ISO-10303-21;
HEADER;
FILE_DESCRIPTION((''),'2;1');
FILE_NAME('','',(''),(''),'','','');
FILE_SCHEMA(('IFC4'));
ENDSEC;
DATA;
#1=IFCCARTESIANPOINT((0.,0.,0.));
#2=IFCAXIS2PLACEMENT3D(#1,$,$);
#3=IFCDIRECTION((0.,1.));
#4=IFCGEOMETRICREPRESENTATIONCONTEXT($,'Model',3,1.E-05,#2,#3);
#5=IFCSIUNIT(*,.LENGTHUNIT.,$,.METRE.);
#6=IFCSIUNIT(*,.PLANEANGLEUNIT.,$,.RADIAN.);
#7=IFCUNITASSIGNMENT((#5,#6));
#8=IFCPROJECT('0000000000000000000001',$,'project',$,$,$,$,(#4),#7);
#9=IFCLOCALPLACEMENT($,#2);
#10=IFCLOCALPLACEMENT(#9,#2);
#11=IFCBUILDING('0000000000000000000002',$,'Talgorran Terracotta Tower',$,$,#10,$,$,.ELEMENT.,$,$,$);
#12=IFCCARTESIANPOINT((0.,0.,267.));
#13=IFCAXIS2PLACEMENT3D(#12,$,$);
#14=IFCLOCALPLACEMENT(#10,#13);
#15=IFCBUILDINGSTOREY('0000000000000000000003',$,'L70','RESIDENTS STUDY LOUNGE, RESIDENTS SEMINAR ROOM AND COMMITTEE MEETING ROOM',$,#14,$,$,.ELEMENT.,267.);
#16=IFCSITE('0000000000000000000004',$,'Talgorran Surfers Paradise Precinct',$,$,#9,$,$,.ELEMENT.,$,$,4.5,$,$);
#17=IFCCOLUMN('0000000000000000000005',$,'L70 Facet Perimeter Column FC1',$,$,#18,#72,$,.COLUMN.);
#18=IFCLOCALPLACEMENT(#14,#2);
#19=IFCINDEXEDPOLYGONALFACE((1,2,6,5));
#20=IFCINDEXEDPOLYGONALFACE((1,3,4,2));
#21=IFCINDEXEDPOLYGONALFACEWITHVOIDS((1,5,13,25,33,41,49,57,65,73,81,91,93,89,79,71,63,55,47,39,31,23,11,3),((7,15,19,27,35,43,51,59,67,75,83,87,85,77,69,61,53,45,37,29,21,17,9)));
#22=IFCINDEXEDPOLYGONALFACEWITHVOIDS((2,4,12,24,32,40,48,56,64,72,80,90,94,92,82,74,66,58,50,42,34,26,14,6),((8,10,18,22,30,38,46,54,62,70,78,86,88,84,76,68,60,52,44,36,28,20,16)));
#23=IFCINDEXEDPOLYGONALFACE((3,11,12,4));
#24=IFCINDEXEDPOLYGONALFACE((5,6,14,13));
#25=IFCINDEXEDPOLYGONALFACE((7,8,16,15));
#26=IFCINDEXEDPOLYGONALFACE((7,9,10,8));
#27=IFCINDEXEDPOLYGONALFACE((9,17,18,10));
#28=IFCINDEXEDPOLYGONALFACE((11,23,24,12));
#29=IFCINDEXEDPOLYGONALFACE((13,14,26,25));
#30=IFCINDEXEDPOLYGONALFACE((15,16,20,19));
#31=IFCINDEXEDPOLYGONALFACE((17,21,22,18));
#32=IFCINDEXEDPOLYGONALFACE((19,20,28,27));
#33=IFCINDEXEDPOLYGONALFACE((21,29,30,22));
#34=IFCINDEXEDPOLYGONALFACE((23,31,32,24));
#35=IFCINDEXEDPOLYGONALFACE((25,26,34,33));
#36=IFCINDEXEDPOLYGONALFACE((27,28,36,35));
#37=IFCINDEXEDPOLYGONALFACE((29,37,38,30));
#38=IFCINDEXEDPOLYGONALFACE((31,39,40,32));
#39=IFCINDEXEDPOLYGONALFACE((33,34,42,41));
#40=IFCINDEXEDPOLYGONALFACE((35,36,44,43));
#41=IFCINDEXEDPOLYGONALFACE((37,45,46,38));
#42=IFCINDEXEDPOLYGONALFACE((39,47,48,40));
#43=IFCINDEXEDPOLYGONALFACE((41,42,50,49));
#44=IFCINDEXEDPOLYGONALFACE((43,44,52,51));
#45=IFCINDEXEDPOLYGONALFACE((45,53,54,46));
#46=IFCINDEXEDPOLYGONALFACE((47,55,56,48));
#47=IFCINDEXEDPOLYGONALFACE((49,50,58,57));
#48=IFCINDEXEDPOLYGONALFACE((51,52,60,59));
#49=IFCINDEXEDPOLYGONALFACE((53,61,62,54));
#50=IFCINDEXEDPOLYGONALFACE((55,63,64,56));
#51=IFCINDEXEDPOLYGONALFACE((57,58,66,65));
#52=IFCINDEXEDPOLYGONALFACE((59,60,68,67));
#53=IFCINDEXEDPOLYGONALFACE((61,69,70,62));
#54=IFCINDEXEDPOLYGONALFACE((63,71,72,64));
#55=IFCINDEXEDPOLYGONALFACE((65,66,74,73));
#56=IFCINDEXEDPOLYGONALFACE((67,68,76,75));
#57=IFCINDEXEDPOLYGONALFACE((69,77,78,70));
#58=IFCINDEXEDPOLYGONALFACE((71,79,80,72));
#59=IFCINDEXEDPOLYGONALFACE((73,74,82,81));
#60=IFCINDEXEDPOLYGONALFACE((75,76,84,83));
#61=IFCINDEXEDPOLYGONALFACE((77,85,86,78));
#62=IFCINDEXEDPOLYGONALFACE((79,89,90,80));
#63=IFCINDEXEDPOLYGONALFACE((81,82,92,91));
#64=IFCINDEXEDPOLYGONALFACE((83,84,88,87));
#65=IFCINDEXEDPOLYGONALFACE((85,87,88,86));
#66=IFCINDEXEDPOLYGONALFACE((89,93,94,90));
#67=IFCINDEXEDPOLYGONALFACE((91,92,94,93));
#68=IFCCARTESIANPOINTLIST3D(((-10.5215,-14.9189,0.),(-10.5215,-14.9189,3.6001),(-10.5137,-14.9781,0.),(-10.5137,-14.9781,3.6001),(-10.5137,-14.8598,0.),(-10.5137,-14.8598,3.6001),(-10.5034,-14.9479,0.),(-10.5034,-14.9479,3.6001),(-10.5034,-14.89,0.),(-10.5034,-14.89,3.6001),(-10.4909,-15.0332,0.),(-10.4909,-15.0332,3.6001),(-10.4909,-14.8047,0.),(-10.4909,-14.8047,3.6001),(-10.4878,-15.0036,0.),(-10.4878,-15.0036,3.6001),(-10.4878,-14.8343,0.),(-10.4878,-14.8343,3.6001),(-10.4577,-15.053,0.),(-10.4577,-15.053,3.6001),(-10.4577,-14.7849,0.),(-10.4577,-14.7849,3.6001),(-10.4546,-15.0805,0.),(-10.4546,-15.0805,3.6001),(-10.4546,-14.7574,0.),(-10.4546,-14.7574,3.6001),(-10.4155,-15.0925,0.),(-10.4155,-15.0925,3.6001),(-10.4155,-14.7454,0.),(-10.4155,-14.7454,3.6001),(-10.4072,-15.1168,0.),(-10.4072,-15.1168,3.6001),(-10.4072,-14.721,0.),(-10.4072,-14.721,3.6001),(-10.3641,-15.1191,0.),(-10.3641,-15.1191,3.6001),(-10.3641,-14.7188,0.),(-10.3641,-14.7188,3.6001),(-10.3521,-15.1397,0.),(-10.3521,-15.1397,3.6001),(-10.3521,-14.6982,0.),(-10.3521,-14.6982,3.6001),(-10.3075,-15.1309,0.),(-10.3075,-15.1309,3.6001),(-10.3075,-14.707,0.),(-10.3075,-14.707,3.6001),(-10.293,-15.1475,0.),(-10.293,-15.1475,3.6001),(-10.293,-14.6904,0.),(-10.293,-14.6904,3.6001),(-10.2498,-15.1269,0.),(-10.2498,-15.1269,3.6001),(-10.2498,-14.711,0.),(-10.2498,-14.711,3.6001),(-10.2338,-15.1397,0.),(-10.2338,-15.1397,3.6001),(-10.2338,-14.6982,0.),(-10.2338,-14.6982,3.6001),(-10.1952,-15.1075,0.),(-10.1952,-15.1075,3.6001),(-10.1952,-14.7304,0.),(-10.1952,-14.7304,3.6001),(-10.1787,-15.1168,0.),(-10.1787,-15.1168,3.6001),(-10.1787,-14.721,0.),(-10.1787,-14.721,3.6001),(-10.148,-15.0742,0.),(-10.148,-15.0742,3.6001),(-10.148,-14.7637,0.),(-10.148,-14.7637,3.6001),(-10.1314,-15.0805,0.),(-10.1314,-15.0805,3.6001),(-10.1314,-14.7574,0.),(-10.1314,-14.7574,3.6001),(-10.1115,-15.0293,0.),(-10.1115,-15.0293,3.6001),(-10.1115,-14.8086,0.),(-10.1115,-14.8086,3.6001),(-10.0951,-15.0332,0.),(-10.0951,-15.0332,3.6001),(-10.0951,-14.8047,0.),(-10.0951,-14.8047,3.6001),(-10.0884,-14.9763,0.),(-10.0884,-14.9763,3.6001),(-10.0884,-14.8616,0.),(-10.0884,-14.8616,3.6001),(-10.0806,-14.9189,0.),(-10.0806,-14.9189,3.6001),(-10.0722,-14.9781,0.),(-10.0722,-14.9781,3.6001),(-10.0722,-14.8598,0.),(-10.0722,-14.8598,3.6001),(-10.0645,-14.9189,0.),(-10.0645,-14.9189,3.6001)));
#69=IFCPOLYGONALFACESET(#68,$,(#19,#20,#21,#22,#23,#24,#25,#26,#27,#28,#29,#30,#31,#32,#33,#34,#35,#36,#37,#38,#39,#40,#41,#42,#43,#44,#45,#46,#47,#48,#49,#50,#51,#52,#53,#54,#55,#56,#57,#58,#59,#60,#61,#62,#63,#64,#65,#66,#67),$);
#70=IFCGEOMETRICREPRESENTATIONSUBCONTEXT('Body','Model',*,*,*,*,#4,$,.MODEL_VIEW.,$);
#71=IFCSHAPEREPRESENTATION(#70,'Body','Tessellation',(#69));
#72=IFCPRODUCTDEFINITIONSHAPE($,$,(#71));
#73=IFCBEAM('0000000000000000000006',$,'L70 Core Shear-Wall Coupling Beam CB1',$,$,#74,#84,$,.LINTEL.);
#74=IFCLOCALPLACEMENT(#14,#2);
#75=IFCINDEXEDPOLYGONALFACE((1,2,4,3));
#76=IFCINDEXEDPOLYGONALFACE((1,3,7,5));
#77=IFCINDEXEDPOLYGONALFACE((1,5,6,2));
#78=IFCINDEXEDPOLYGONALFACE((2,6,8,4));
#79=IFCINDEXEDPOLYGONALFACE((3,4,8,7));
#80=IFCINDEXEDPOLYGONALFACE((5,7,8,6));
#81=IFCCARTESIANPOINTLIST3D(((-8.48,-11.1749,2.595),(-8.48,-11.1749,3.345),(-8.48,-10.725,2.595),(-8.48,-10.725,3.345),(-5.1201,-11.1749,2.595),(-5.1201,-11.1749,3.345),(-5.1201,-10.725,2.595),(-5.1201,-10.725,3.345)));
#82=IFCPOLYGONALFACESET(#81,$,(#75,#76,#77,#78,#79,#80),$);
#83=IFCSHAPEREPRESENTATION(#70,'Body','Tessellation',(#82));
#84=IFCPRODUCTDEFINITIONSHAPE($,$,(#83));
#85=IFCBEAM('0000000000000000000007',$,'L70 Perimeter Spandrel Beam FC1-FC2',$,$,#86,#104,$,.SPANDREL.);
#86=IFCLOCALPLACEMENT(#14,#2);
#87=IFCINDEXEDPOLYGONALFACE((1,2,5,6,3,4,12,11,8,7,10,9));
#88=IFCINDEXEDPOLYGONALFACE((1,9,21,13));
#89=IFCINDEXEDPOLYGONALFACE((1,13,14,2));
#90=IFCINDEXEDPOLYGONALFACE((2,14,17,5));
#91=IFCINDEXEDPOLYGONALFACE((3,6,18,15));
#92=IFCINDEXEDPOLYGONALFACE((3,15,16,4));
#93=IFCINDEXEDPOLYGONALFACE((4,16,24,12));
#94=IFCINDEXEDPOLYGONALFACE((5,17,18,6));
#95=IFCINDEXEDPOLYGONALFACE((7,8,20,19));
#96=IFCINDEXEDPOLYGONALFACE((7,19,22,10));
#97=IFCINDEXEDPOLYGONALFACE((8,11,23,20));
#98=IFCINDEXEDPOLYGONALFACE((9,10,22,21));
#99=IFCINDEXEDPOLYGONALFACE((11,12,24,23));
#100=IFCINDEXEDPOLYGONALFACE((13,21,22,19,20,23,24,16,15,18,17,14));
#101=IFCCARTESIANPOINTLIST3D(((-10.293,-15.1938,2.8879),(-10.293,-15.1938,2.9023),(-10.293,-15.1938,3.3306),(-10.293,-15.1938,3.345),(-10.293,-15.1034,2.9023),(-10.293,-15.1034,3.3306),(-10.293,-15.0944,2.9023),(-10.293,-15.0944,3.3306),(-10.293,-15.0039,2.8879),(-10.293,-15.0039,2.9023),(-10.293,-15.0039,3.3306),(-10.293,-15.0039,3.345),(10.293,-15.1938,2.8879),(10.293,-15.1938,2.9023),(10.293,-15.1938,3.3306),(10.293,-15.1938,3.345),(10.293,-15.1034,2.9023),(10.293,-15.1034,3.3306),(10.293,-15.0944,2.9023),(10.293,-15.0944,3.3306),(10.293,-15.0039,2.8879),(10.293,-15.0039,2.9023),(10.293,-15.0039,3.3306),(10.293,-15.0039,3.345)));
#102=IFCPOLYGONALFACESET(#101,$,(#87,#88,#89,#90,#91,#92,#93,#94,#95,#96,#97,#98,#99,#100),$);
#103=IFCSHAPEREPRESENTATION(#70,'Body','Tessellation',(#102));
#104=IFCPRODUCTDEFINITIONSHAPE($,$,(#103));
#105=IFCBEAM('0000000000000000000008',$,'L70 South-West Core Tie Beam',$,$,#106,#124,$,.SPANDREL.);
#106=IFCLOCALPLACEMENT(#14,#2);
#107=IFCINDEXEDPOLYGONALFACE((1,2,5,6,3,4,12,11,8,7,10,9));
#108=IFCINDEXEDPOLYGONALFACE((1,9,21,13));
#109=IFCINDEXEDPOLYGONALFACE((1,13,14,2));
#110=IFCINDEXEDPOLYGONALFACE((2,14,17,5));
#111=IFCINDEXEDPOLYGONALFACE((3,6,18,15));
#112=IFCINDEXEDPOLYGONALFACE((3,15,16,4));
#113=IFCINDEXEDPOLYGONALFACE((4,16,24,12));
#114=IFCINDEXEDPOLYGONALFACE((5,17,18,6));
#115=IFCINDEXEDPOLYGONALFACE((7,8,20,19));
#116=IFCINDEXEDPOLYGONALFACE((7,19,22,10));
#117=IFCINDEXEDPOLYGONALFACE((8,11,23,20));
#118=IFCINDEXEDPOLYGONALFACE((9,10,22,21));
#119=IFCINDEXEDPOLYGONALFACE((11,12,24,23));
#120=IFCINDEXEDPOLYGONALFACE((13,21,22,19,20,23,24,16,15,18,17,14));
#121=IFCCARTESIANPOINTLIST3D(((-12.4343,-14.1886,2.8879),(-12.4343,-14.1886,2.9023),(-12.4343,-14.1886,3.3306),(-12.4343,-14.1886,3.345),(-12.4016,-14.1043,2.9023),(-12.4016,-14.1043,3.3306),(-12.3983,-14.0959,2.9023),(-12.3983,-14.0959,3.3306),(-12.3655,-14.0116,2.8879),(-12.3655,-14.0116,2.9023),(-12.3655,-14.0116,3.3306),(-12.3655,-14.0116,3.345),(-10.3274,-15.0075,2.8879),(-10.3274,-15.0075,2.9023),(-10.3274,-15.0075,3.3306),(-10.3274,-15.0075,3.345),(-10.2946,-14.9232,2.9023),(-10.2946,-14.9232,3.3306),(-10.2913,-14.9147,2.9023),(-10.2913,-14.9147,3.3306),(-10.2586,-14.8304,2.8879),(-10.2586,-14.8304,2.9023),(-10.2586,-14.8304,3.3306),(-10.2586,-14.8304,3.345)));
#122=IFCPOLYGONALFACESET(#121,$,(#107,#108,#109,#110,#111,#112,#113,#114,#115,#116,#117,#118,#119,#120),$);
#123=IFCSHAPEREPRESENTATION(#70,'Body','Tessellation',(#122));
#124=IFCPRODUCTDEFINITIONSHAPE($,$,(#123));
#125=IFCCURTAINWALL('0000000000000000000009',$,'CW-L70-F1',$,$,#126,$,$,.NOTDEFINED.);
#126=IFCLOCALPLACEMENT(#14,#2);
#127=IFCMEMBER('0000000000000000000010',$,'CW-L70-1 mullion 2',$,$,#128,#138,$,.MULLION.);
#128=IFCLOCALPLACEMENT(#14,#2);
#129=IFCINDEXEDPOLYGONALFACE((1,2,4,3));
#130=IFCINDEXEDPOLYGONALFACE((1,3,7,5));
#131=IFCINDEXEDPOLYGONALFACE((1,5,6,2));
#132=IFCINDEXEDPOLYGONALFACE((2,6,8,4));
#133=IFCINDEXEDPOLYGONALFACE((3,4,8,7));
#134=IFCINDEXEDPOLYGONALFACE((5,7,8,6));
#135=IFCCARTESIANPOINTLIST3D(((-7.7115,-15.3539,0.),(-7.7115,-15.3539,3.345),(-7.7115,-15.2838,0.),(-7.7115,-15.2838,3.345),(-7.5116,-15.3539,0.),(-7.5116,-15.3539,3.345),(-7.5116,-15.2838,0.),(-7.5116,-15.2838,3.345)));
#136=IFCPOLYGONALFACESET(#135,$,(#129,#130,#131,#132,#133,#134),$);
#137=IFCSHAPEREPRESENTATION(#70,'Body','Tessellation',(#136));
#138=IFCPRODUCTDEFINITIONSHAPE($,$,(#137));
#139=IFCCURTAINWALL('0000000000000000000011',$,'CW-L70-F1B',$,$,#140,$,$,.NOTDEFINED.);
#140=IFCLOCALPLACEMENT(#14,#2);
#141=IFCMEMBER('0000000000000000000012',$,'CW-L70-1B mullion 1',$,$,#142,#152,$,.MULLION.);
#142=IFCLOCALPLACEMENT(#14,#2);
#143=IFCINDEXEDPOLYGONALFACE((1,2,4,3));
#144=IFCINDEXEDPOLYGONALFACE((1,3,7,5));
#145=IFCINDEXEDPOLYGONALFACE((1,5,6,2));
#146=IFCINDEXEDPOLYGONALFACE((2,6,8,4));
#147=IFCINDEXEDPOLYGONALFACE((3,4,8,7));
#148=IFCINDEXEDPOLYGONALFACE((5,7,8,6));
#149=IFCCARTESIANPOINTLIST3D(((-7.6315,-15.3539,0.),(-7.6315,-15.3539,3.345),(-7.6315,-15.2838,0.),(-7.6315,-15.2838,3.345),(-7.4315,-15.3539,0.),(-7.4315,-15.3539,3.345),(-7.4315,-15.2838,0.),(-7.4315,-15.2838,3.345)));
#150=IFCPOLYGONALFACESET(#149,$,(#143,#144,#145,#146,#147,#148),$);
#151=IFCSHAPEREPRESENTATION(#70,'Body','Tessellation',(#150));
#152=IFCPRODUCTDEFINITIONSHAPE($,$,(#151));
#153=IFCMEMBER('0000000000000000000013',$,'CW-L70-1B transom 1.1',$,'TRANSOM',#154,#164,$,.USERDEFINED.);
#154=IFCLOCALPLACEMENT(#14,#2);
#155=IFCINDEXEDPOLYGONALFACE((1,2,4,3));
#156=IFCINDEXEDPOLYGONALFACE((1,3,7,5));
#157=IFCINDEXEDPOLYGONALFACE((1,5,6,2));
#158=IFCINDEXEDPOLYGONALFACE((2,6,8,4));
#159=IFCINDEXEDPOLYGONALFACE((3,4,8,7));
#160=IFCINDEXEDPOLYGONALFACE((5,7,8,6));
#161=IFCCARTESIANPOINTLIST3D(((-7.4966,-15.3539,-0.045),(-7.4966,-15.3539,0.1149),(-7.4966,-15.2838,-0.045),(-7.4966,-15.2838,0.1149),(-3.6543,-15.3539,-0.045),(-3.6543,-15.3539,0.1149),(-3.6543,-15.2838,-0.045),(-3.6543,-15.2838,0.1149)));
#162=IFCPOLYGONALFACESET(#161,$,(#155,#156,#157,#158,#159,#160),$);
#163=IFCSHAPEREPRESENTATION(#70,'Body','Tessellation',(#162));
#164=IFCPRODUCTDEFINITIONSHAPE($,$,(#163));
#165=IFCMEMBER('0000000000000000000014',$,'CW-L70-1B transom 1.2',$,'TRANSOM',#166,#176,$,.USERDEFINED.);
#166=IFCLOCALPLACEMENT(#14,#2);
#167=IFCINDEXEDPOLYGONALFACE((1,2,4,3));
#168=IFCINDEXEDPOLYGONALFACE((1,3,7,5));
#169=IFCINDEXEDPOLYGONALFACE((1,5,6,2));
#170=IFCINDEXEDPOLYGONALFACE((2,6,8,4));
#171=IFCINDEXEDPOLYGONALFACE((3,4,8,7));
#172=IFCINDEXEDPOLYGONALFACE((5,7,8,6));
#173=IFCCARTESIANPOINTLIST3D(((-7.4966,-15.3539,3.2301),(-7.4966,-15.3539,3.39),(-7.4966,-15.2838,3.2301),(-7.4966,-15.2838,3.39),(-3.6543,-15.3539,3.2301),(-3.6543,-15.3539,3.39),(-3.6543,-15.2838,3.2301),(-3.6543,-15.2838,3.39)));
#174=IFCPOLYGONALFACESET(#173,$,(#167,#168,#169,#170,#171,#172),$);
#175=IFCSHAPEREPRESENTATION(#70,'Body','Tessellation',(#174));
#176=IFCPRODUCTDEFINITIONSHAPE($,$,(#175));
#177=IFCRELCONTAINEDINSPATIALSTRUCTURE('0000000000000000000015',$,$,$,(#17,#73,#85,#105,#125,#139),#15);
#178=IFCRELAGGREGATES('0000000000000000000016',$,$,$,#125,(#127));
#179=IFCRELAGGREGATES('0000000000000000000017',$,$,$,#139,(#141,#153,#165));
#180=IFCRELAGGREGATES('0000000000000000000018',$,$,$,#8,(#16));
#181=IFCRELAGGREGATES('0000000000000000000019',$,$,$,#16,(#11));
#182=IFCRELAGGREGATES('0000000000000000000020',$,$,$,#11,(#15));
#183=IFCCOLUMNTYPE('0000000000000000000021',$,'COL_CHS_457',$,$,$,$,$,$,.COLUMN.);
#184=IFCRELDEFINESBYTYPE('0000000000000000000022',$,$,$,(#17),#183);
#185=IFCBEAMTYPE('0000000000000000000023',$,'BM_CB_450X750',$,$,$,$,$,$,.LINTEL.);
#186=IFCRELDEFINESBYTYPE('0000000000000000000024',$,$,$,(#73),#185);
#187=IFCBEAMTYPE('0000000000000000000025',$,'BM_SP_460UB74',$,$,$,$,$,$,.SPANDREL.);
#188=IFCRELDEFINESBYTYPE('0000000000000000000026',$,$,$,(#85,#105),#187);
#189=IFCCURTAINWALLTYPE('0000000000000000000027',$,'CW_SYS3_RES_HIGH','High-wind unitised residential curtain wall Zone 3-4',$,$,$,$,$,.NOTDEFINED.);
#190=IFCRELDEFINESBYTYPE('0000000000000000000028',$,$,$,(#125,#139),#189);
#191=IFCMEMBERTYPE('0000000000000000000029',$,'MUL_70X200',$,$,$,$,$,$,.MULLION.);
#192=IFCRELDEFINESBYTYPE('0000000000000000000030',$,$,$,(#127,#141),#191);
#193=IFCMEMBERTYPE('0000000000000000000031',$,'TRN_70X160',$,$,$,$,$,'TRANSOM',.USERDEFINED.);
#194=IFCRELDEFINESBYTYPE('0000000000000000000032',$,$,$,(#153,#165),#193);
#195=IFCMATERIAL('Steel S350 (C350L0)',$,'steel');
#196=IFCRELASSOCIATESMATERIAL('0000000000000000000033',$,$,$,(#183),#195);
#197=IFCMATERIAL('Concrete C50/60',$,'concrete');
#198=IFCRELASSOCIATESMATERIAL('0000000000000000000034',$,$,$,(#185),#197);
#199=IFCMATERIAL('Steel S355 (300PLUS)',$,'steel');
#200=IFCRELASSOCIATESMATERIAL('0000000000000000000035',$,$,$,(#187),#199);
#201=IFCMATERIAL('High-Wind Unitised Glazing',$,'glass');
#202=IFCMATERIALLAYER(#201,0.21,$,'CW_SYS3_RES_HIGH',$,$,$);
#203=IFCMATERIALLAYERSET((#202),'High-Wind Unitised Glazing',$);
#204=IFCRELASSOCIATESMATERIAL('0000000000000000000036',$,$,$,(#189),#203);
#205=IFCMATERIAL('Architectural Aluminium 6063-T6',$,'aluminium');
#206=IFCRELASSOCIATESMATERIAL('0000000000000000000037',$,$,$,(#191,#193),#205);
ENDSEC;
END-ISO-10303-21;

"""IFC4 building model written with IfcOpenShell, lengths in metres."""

from ifc_helpers import new_model, si_unit, direction, frame, origin, origin_2d, place, context, subcontext, project, spatial, rectangle, hollow_circle, i_section, extrude, material, layer, layer_set, material_profile, profile_set, type_object, element, aggregate, save


model = new_model("IFC4")

# Units and contexts
model_context = context("Model", 3, precision=1e-05, world=origin(), true_north=direction((0.0, 1.0)))
body_context = subcontext(model_context, "Body", "Model", "MODEL_VIEW")
ifc_project = project(units=[si_unit("LENGTHUNIT", "METRE"), si_unit("PLANEANGLEUNIT", "RADIAN")], contexts=[model_context])

# Site, building, storey
site_placement = place(None, origin())
site = spatial("IfcSite", under=ifc_project, at=site_placement, Name="Talgorran Surfers Paradise Precinct", CompositionType="ELEMENT", RefElevation=4.5)
building_placement = place(site_placement, origin())
building = spatial("IfcBuilding", under=site, at=building_placement, Name="Talgorran Terracotta Tower", CompositionType="ELEMENT")
storey_placement = place(building_placement, frame((0.0, 0.0, 267.0)))
storey = spatial("IfcBuildingStorey", under=building, at=storey_placement, Name="L70", Description="RESIDENTS STUDY LOUNGE, RESIDENTS SEMINAR ROOM AND COMMITTEE MEETING ROOM", CompositionType="ELEMENT", Elevation=267.0)

# Column
ifc_material_1 = material(Name="Steel S350 (C350L0)", Category="steel")
ifc_material_profile_1 = material_profile(ifc_material_1, hollow_circle(Radius=0.2285, WallThickness=0.0161, at=origin_2d()), Name="CHS457X16")
ifc_profile_set_1 = profile_set([ifc_material_profile_1], Name="Steel S350 (C350L0)")
column_type = type_object("IfcColumnType", Name="COL_CHS_457", PredefinedType="COLUMN", material=ifc_profile_set_1)
column_placement = place(storey_placement, frame((-10.293, -14.9189, 0.0), z_axis=(0.0, 0.0, 1.0), x_axis=(1.0, 0.0, 0.0)))
element("IfcColumn", 1, at=column_placement, inside=storey, type_object=column_type, Name="L70 Facet Perimeter Column FC1", PredefinedType="COLUMN", context=body_context, shape_type="SweptSolid", body=[
    extrude(hollow_circle(Radius=0.2285, WallThickness=0.0161, at=origin_2d()), origin(), (0.0, 0.0, 1.0), 3.6001),
])

# Beams
ifc_material_2 = material(Name="Concrete C50/60", Category="concrete")
ifc_material_profile_2 = material_profile(ifc_material_2, rectangle(XDim=0.45, YDim=0.75, at=origin_2d()), Name="RCCB450X750")
ifc_profile_set_2 = profile_set([ifc_material_profile_2], Name="Concrete C50/60")
beam_type_1 = type_object("IfcBeamType", Name="BM_CB_450X750", PredefinedType="LINTEL", material=ifc_profile_set_2)
beam_1_placement = place(storey_placement, frame((-8.48, -10.95, 2.97), z_axis=(1.0, 0.0, 0.0), x_axis=(0.0, 1.0, 0.0)))
element("IfcBeam", 2, at=beam_1_placement, inside=storey, type_object=beam_type_1, Name="L70 Core Shear-Wall Coupling Beam CB1", PredefinedType="LINTEL", context=body_context, shape_type="SweptSolid", body=[
    extrude(rectangle(XDim=0.45, YDim=0.75, at=origin_2d()), origin(), (0.0, 0.0, 1.0), 3.3599),
])
ifc_material_3 = material(Name="Steel S355 (300PLUS)", Category="steel")
ifc_material_profile_3 = material_profile(ifc_material_3, i_section(OverallWidth=0.1899, OverallDepth=0.457, WebThickness=0.009, FlangeThickness=0.0144, at=origin_2d()), Name="460UB74.6")
ifc_profile_set_3 = profile_set([ifc_material_profile_3], Name="Steel S355 (300PLUS)")
beam_type_2 = type_object("IfcBeamType", Name="BM_SP_460UB74", PredefinedType="SPANDREL", material=ifc_profile_set_3)
beam_2_placement = place(storey_placement, frame((-10.293, -15.0989, 3.1165), z_axis=(1.0, 0.0, 0.0), x_axis=(0.0, 1.0, 0.0)))
element("IfcBeam", 3, at=beam_2_placement, inside=storey, type_object=beam_type_2, Name="L70 Perimeter Spandrel Beam FC1-FC2", PredefinedType="SPANDREL", context=body_context, shape_type="SweptSolid", body=[
    extrude(i_section(OverallWidth=0.1899, OverallDepth=0.457, WebThickness=0.009, FlangeThickness=0.0144, at=origin_2d()), origin(), (0.0, 0.0, 1.0), 20.5859),
])
beam_3_placement = place(storey_placement, frame((-10.293, -14.9189, 3.1165), z_axis=(-0.932082, 0.362248, 0.0), x_axis=(-0.362248, -0.932082, 0.0)))
element("IfcBeam", 4, at=beam_3_placement, inside=storey, type_object=beam_type_2, Name="L70 South-West Core Tie Beam", PredefinedType="SPANDREL", context=body_context, shape_type="SweptSolid", body=[
    extrude(i_section(OverallWidth=0.1899, OverallDepth=0.457, WebThickness=0.009, FlangeThickness=0.0144, at=origin_2d()), origin(), (0.0, 0.0, 1.0), 2.2605),
])

# Curtain wall, member
ifc_material_4 = material(Name="High-Wind Unitised Glazing", Category="glass")
ifc_layer_1 = layer(ifc_material_4, 0.21, Name="CW_SYS3_RES_HIGH")
ifc_layer_set_1 = layer_set([ifc_layer_1], Name="High-Wind Unitised Glazing")
curtain_wall_type = type_object("IfcCurtainWallType", Name="CW_SYS3_RES_HIGH", Description="High-wind unitised residential curtain wall Zone 3-4", PredefinedType="NOTDEFINED", material=ifc_layer_set_1)
curtain_wall_1_placement = place(storey_placement, origin())
curtain_wall_1 = element("IfcCurtainWall", 5, at=curtain_wall_1_placement, inside=storey, type_object=curtain_wall_type, Name="CW-L70-F1", PredefinedType="NOTDEFINED")
ifc_material_5 = material(Name="Architectural Aluminium 6063-T6", Category="aluminium")
ifc_material_profile_4 = material_profile(ifc_material_5, rectangle(XDim=0.0701, YDim=0.2, at=origin_2d()), Name="CWM70X200")
ifc_profile_set_4 = profile_set([ifc_material_profile_4], Name="Architectural Aluminium 6063-T6")
member_type_1 = type_object("IfcMemberType", Name="MUL_70X200", PredefinedType="MULLION", material=ifc_profile_set_4)
member_1_placement = place(storey_placement, frame((-7.6116, -15.3188, 0.0), z_axis=(0.0, 0.0, 1.0), x_axis=(0.0, 1.0, 0.0)))
member_1 = element("IfcMember", 6, at=member_1_placement, type_object=member_type_1, Name="CW-L70-1 mullion 2", PredefinedType="MULLION", context=body_context, shape_type="SweptSolid", body=[
    extrude(rectangle(XDim=0.0701, YDim=0.2, at=origin_2d()), origin(), (0.0, 0.0, 1.0), 3.345),
])
aggregate(curtain_wall_1, [member_1])

# Curtain wall, members
curtain_wall_2_placement = place(storey_placement, origin())
curtain_wall_2 = element("IfcCurtainWall", 7, at=curtain_wall_2_placement, inside=storey, type_object=curtain_wall_type, Name="CW-L70-F1B", PredefinedType="NOTDEFINED")
member_2_placement = place(storey_placement, frame((-7.5315, -15.3188, 0.0), z_axis=(0.0, 0.0, 1.0), x_axis=(0.0, 1.0, 0.0)))
member_2 = element("IfcMember", 8, at=member_2_placement, type_object=member_type_1, Name="CW-L70-1B mullion 1", PredefinedType="MULLION", context=body_context, shape_type="SweptSolid", body=[
    extrude(rectangle(XDim=0.0701, YDim=0.2, at=origin_2d()), origin(), (0.0, 0.0, 1.0), 3.345),
])
ifc_material_profile_5 = material_profile(ifc_material_5, rectangle(XDim=0.0701, YDim=0.1599, at=origin_2d()), Name="CWT70X160")
ifc_profile_set_5 = profile_set([ifc_material_profile_5], Name="Architectural Aluminium 6063-T6")
member_type_2 = type_object("IfcMemberType", Name="TRN_70X160", ElementType="TRANSOM", PredefinedType="USERDEFINED", material=ifc_profile_set_5)
member_3_placement = place(storey_placement, frame((-7.4966, -15.3188, 0.0349), z_axis=(1.0, 0.0, 0.0), x_axis=(0.0, 1.0, 0.0)))
member_3 = element("IfcMember", 9, at=member_3_placement, type_object=member_type_2, Name="CW-L70-1B transom 1.1", ObjectType="TRANSOM", PredefinedType="USERDEFINED", context=body_context, shape_type="SweptSolid", body=[
    extrude(rectangle(XDim=0.0701, YDim=0.1599, at=origin_2d()), origin(), (0.0, 0.0, 1.0), 3.8423),
])
member_4_placement = place(storey_placement, frame((-7.4966, -15.3188, 3.3101), z_axis=(1.0, 0.0, 0.0), x_axis=(0.0, 1.0, 0.0)))
member_4 = element("IfcMember", 10, at=member_4_placement, type_object=member_type_2, Name="CW-L70-1B transom 1.2", ObjectType="TRANSOM", PredefinedType="USERDEFINED", context=body_context, shape_type="SweptSolid", body=[
    extrude(rectangle(XDim=0.0701, YDim=0.1599, at=origin_2d()), origin(), (0.0, 0.0, 1.0), 3.8423),
])
aggregate(curtain_wall_2, [member_2, member_3, member_4])

save(model, "model.ifc")
